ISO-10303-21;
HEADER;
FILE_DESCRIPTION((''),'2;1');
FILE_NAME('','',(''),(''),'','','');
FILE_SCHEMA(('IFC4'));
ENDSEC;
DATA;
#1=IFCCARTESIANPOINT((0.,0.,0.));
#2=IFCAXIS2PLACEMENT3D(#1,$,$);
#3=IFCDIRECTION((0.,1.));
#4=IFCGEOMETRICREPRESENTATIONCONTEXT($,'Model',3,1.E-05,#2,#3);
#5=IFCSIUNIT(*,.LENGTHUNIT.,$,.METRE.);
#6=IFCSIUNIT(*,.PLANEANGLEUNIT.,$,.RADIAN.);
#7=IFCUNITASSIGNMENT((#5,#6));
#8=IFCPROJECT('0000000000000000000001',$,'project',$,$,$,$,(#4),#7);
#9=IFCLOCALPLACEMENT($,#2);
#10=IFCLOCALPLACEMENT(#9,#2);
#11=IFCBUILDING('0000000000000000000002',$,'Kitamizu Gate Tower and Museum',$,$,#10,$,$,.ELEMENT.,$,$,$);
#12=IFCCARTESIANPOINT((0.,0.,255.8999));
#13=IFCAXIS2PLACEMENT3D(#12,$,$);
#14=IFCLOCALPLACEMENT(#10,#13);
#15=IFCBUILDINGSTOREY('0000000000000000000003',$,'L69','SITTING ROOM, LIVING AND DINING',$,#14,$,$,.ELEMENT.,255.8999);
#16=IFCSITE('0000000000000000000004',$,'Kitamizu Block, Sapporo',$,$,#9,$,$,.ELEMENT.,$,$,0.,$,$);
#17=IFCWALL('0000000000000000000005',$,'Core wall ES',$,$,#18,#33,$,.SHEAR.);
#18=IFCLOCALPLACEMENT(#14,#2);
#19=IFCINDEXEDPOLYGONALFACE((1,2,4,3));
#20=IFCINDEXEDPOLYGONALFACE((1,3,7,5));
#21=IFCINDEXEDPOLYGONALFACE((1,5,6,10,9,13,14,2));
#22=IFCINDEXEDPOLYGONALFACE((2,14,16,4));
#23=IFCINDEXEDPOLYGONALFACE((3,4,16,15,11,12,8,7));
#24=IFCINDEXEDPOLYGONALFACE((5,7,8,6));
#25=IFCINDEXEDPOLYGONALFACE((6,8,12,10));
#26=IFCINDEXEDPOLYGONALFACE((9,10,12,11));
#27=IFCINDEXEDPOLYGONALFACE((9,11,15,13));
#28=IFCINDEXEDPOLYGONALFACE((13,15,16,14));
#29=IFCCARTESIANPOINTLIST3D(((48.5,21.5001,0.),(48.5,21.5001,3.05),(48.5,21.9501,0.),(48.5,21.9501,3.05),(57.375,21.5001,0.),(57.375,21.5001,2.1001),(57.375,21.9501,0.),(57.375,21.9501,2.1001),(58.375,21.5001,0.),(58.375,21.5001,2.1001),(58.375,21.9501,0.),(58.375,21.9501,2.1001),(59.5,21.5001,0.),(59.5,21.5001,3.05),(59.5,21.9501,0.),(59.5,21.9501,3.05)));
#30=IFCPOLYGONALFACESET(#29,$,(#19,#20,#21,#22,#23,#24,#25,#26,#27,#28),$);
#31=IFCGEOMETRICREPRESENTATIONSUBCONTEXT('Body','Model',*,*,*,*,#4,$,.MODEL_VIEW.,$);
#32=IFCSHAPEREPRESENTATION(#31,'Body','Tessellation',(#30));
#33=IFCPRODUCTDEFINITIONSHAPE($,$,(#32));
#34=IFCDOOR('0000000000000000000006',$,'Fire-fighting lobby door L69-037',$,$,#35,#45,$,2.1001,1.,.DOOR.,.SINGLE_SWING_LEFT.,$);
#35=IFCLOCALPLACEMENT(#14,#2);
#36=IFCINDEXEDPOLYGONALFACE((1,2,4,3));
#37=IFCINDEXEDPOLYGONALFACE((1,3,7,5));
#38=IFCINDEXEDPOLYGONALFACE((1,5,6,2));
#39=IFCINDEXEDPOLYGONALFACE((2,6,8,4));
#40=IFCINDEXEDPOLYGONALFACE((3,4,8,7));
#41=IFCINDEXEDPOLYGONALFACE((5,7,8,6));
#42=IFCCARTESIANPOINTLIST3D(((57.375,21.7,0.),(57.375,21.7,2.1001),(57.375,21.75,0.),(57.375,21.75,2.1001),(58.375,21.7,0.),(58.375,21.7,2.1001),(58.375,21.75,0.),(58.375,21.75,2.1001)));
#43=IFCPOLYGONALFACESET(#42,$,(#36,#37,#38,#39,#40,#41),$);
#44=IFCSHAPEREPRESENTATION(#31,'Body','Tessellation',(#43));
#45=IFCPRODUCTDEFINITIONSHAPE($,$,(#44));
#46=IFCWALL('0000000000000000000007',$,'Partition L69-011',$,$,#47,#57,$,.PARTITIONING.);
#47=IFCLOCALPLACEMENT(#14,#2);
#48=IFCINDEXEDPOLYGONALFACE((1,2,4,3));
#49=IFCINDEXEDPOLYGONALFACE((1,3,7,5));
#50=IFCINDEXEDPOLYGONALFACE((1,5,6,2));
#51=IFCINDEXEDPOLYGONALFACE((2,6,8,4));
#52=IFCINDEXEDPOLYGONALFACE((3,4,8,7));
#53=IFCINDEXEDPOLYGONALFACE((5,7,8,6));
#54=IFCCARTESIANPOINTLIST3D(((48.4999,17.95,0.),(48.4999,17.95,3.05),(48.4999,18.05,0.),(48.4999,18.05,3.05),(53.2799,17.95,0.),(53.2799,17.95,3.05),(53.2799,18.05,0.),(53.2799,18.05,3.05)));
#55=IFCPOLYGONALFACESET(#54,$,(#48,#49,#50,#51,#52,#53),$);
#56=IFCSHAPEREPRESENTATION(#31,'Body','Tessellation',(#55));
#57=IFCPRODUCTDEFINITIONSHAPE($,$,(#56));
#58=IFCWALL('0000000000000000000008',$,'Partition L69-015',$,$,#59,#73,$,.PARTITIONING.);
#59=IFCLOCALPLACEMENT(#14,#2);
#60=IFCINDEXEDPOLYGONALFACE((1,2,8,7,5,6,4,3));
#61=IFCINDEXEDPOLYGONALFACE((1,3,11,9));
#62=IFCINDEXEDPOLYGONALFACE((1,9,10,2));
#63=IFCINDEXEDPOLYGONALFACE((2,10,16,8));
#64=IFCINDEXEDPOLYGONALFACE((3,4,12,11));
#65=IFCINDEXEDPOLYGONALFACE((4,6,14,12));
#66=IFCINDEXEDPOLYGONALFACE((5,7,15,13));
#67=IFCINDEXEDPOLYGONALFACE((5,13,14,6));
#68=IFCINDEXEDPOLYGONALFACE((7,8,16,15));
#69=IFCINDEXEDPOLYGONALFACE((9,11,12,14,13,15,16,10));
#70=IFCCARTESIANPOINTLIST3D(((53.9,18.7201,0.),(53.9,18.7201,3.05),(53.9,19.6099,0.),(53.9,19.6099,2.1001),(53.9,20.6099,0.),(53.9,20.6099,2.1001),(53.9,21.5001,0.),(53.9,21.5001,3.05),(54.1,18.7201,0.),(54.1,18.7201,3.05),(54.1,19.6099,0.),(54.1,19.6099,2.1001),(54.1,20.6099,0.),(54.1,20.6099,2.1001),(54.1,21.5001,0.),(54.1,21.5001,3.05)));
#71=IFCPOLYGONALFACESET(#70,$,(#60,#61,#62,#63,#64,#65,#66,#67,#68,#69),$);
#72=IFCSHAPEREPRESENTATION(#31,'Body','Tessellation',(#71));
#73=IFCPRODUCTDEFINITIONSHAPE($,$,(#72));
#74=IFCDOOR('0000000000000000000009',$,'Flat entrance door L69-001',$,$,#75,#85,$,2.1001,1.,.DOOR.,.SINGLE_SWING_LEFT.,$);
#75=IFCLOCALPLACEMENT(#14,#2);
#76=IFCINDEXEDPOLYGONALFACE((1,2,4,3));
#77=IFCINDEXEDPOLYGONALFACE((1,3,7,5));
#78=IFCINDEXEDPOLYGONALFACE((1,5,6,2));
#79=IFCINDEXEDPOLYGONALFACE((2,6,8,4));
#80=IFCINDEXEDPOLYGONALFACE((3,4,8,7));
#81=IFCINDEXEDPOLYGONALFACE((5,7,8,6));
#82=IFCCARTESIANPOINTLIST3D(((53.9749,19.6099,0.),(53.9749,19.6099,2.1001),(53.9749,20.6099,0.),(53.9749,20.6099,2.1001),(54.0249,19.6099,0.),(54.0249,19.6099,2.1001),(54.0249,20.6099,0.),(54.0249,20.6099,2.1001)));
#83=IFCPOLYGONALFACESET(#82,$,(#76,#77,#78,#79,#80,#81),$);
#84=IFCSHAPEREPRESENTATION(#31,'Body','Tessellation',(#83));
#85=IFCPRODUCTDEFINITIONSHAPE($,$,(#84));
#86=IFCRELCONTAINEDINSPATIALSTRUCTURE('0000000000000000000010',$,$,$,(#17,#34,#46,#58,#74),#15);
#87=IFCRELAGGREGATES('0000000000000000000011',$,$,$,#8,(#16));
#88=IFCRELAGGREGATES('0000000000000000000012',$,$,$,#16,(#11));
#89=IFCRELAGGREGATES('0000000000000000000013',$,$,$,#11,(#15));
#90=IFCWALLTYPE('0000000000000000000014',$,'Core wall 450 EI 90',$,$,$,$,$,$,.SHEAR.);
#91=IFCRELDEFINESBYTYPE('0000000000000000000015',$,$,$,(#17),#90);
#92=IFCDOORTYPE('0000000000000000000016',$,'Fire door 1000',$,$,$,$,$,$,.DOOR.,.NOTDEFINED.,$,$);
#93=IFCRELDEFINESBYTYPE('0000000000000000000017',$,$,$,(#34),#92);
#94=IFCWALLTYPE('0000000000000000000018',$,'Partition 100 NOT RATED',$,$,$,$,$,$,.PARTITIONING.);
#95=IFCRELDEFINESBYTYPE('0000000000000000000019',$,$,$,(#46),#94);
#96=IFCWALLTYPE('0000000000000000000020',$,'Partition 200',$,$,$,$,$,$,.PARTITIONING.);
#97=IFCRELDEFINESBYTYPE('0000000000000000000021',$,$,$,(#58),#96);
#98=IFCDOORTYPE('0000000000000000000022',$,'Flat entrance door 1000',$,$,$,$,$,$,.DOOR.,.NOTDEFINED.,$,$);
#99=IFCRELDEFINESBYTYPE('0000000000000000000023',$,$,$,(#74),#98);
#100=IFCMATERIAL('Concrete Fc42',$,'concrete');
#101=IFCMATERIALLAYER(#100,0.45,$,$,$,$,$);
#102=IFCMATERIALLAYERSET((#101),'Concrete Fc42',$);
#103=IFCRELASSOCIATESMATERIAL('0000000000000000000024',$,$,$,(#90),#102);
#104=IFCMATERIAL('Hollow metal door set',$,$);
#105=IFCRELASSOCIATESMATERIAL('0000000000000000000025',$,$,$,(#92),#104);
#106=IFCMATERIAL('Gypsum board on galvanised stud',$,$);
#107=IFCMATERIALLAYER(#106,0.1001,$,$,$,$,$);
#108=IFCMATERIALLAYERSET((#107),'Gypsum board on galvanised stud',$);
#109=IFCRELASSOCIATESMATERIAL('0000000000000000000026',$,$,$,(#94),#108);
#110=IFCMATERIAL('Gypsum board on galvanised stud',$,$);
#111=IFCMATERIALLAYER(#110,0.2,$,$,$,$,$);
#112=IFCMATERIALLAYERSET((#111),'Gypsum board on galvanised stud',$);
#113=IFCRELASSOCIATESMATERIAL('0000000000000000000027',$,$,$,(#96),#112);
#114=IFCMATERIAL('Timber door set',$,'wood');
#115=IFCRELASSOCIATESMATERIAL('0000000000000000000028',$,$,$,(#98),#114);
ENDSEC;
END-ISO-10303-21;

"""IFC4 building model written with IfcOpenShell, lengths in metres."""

from ifc_helpers import new_model, si_unit, direction, frame, frame_2d, origin, place, context, subcontext, project, spatial, rectangle, extrude, material, layer, layer_set, type_object, element, fill, save


model = new_model("IFC4")

# Units and contexts
model_context = context("Model", 3, precision=1e-05, world=origin(), true_north=direction((0.0, 1.0)))
body_context = subcontext(model_context, "Body", "Model", "MODEL_VIEW")
ifc_project = project(units=[si_unit("LENGTHUNIT", "METRE"), si_unit("PLANEANGLEUNIT", "RADIAN")], contexts=[model_context])

# Site, building, storey
site_placement = place(None, origin())
site = spatial("IfcSite", under=ifc_project, at=site_placement, Name="Kitamizu Block, Sapporo", CompositionType="ELEMENT", RefElevation=0.0)
building_placement = place(site_placement, origin())
building = spatial("IfcBuilding", under=site, at=building_placement, Name="Kitamizu Gate Tower and Museum", CompositionType="ELEMENT")
storey_placement = place(building_placement, frame((0.0, 0.0, 255.8999)))
storey = spatial("IfcBuildingStorey", under=building, at=storey_placement, Name="L69", Description="SITTING ROOM, LIVING AND DINING", CompositionType="ELEMENT", Elevation=255.8999)

# Wall, opening, door
ifc_material_1 = material(Name="Concrete Fc42", Category="concrete")
ifc_layer_1 = layer(ifc_material_1, 0.45)
ifc_layer_set_1 = layer_set([ifc_layer_1], Name="Concrete Fc42")
wall_type_1 = type_object("IfcWallType", Name="Core wall 450 EI 90", PredefinedType="SHEAR", material=ifc_layer_set_1)
wall_1_placement = place(storey_placement, frame((59.5, 21.7251, 0.0), z_axis=(0.0, 0.0, 1.0), x_axis=(-1.0, 0.0, 0.0)))
wall_1 = element("IfcWall", 1, at=wall_1_placement, inside=storey, type_object=wall_type_1, Name="Core wall ES", PredefinedType="SHEAR", context=body_context, shape_type="SweptSolid", body=[
    extrude(rectangle(XDim=11.0, YDim=0.45, at=frame_2d((5.5, 0.0))), origin(), (0.0, 0.0, 1.0), 3.05),
])
opening_1_placement = place(wall_1_placement, frame((1.125, 0.0, 0.0)))
opening_1 = element("IfcOpeningElement", 2, at=opening_1_placement, cuts=wall_1, PredefinedType="OPENING", context=body_context, shape_type="SweptSolid", body=[
    extrude(rectangle(XDim=1.0, YDim=2.1001, at=frame_2d((0.5, 1.05))), frame((0.0, 0.2349, 0.0), z_axis=(0.0, -1.0, 0.0), x_axis=(1.0, 0.0, 0.0)), (0.0, 0.0, 1.0), 0.47),
])
ifc_material_2 = material(Name="Hollow metal door set")
door_type_1 = type_object("IfcDoorType", Name="Fire door 1000", OperationType="NOTDEFINED", PredefinedType="DOOR", material=ifc_material_2)
door_1_placement = place(opening_1_placement, frame((1.0, 0.0, 0.0), x_axis=(-1.0, 0.0, 0.0)))
door_1 = element("IfcDoor", 3, at=door_1_placement, inside=storey, type_object=door_type_1, Name="Fire-fighting lobby door L69-037", OperationType="SINGLE_SWING_LEFT", OverallHeight=2.1001, OverallWidth=1.0, PredefinedType="DOOR", context=body_context, shape_type="SweptSolid", body=[
    extrude(rectangle(XDim=1.0, YDim=2.1001, at=frame_2d((0.5, 1.05))), frame((0.0, 0.0249, 0.0), z_axis=(0.0, -1.0, 0.0), x_axis=(1.0, 0.0, 0.0)), (0.0, 0.0, 1.0), 0.05),
])
fill(opening_1, door_1)

# Wall
ifc_material_3 = material(Name="Gypsum board on galvanised stud")
ifc_layer_2 = layer(ifc_material_3, 0.1001)
ifc_layer_set_2 = layer_set([ifc_layer_2], Name="Gypsum board on galvanised stud")
wall_type_2 = type_object("IfcWallType", Name="Partition 100 NOT RATED", PredefinedType="PARTITIONING", material=ifc_layer_set_2)
wall_2_placement = place(storey_placement, frame((53.28, 18.0, 0.0), z_axis=(0.0, 0.0, 1.0), x_axis=(-1.0, 0.0, 0.0)))
element("IfcWall", 4, at=wall_2_placement, inside=storey, type_object=wall_type_2, Name="Partition L69-011", PredefinedType="PARTITIONING", context=body_context, shape_type="SweptSolid", body=[
    extrude(rectangle(XDim=4.78, YDim=0.1001, at=frame_2d((2.3901, 0.0))), origin(), (0.0, 0.0, 1.0), 3.05),
])

# Wall, opening, door
ifc_material_4 = material(Name="Gypsum board on galvanised stud")
ifc_layer_3 = layer(ifc_material_4, 0.2)
ifc_layer_set_3 = layer_set([ifc_layer_3], Name="Gypsum board on galvanised stud")
wall_type_3 = type_object("IfcWallType", Name="Partition 200", PredefinedType="PARTITIONING", material=ifc_layer_set_3)
wall_3_placement = place(storey_placement, frame((54.0, 18.72, 0.0), z_axis=(0.0, 0.0, 1.0), x_axis=(0.0, 1.0, 0.0)))
wall_3 = element("IfcWall", 5, at=wall_3_placement, inside=storey, type_object=wall_type_3, Name="Partition L69-015", PredefinedType="PARTITIONING", context=body_context, shape_type="SweptSolid", body=[
    extrude(rectangle(XDim=2.78, YDim=0.2, at=frame_2d((1.3901, 0.0))), origin(), (0.0, 0.0, 1.0), 3.05),
])
opening_2_placement = place(wall_3_placement, frame((0.8899, 0.0, 0.0)))
opening_2 = element("IfcOpeningElement", 6, at=opening_2_placement, cuts=wall_3, PredefinedType="OPENING", context=body_context, shape_type="SweptSolid", body=[
    extrude(rectangle(XDim=1.0, YDim=2.1001, at=frame_2d((0.5, 1.05))), frame((0.0, 0.1099, 0.0), z_axis=(0.0, -1.0, 0.0), x_axis=(1.0, 0.0, 0.0)), (0.0, 0.0, 1.0), 0.22),
])
ifc_material_5 = material(Name="Timber door set", Category="wood")
door_type_2 = type_object("IfcDoorType", Name="Flat entrance door 1000", OperationType="NOTDEFINED", PredefinedType="DOOR", material=ifc_material_5)
door_2_placement = place(opening_2_placement, frame((1.0, 0.0, 0.0), x_axis=(-1.0, 0.0, 0.0)))
door_2 = element("IfcDoor", 7, at=door_2_placement, inside=storey, type_object=door_type_2, Name="Flat entrance door L69-001", OperationType="SINGLE_SWING_LEFT", OverallHeight=2.1001, OverallWidth=1.0, PredefinedType="DOOR", context=body_context, shape_type="SweptSolid", body=[
    extrude(rectangle(XDim=1.0, YDim=2.1001, at=frame_2d((0.5, 1.05))), frame((0.0, 0.0249, 0.0), z_axis=(0.0, -1.0, 0.0), x_axis=(1.0, 0.0, 0.0)), (0.0, 0.0, 1.0), 0.05),
])
fill(opening_2, door_2)

save(model, "model.ifc")
